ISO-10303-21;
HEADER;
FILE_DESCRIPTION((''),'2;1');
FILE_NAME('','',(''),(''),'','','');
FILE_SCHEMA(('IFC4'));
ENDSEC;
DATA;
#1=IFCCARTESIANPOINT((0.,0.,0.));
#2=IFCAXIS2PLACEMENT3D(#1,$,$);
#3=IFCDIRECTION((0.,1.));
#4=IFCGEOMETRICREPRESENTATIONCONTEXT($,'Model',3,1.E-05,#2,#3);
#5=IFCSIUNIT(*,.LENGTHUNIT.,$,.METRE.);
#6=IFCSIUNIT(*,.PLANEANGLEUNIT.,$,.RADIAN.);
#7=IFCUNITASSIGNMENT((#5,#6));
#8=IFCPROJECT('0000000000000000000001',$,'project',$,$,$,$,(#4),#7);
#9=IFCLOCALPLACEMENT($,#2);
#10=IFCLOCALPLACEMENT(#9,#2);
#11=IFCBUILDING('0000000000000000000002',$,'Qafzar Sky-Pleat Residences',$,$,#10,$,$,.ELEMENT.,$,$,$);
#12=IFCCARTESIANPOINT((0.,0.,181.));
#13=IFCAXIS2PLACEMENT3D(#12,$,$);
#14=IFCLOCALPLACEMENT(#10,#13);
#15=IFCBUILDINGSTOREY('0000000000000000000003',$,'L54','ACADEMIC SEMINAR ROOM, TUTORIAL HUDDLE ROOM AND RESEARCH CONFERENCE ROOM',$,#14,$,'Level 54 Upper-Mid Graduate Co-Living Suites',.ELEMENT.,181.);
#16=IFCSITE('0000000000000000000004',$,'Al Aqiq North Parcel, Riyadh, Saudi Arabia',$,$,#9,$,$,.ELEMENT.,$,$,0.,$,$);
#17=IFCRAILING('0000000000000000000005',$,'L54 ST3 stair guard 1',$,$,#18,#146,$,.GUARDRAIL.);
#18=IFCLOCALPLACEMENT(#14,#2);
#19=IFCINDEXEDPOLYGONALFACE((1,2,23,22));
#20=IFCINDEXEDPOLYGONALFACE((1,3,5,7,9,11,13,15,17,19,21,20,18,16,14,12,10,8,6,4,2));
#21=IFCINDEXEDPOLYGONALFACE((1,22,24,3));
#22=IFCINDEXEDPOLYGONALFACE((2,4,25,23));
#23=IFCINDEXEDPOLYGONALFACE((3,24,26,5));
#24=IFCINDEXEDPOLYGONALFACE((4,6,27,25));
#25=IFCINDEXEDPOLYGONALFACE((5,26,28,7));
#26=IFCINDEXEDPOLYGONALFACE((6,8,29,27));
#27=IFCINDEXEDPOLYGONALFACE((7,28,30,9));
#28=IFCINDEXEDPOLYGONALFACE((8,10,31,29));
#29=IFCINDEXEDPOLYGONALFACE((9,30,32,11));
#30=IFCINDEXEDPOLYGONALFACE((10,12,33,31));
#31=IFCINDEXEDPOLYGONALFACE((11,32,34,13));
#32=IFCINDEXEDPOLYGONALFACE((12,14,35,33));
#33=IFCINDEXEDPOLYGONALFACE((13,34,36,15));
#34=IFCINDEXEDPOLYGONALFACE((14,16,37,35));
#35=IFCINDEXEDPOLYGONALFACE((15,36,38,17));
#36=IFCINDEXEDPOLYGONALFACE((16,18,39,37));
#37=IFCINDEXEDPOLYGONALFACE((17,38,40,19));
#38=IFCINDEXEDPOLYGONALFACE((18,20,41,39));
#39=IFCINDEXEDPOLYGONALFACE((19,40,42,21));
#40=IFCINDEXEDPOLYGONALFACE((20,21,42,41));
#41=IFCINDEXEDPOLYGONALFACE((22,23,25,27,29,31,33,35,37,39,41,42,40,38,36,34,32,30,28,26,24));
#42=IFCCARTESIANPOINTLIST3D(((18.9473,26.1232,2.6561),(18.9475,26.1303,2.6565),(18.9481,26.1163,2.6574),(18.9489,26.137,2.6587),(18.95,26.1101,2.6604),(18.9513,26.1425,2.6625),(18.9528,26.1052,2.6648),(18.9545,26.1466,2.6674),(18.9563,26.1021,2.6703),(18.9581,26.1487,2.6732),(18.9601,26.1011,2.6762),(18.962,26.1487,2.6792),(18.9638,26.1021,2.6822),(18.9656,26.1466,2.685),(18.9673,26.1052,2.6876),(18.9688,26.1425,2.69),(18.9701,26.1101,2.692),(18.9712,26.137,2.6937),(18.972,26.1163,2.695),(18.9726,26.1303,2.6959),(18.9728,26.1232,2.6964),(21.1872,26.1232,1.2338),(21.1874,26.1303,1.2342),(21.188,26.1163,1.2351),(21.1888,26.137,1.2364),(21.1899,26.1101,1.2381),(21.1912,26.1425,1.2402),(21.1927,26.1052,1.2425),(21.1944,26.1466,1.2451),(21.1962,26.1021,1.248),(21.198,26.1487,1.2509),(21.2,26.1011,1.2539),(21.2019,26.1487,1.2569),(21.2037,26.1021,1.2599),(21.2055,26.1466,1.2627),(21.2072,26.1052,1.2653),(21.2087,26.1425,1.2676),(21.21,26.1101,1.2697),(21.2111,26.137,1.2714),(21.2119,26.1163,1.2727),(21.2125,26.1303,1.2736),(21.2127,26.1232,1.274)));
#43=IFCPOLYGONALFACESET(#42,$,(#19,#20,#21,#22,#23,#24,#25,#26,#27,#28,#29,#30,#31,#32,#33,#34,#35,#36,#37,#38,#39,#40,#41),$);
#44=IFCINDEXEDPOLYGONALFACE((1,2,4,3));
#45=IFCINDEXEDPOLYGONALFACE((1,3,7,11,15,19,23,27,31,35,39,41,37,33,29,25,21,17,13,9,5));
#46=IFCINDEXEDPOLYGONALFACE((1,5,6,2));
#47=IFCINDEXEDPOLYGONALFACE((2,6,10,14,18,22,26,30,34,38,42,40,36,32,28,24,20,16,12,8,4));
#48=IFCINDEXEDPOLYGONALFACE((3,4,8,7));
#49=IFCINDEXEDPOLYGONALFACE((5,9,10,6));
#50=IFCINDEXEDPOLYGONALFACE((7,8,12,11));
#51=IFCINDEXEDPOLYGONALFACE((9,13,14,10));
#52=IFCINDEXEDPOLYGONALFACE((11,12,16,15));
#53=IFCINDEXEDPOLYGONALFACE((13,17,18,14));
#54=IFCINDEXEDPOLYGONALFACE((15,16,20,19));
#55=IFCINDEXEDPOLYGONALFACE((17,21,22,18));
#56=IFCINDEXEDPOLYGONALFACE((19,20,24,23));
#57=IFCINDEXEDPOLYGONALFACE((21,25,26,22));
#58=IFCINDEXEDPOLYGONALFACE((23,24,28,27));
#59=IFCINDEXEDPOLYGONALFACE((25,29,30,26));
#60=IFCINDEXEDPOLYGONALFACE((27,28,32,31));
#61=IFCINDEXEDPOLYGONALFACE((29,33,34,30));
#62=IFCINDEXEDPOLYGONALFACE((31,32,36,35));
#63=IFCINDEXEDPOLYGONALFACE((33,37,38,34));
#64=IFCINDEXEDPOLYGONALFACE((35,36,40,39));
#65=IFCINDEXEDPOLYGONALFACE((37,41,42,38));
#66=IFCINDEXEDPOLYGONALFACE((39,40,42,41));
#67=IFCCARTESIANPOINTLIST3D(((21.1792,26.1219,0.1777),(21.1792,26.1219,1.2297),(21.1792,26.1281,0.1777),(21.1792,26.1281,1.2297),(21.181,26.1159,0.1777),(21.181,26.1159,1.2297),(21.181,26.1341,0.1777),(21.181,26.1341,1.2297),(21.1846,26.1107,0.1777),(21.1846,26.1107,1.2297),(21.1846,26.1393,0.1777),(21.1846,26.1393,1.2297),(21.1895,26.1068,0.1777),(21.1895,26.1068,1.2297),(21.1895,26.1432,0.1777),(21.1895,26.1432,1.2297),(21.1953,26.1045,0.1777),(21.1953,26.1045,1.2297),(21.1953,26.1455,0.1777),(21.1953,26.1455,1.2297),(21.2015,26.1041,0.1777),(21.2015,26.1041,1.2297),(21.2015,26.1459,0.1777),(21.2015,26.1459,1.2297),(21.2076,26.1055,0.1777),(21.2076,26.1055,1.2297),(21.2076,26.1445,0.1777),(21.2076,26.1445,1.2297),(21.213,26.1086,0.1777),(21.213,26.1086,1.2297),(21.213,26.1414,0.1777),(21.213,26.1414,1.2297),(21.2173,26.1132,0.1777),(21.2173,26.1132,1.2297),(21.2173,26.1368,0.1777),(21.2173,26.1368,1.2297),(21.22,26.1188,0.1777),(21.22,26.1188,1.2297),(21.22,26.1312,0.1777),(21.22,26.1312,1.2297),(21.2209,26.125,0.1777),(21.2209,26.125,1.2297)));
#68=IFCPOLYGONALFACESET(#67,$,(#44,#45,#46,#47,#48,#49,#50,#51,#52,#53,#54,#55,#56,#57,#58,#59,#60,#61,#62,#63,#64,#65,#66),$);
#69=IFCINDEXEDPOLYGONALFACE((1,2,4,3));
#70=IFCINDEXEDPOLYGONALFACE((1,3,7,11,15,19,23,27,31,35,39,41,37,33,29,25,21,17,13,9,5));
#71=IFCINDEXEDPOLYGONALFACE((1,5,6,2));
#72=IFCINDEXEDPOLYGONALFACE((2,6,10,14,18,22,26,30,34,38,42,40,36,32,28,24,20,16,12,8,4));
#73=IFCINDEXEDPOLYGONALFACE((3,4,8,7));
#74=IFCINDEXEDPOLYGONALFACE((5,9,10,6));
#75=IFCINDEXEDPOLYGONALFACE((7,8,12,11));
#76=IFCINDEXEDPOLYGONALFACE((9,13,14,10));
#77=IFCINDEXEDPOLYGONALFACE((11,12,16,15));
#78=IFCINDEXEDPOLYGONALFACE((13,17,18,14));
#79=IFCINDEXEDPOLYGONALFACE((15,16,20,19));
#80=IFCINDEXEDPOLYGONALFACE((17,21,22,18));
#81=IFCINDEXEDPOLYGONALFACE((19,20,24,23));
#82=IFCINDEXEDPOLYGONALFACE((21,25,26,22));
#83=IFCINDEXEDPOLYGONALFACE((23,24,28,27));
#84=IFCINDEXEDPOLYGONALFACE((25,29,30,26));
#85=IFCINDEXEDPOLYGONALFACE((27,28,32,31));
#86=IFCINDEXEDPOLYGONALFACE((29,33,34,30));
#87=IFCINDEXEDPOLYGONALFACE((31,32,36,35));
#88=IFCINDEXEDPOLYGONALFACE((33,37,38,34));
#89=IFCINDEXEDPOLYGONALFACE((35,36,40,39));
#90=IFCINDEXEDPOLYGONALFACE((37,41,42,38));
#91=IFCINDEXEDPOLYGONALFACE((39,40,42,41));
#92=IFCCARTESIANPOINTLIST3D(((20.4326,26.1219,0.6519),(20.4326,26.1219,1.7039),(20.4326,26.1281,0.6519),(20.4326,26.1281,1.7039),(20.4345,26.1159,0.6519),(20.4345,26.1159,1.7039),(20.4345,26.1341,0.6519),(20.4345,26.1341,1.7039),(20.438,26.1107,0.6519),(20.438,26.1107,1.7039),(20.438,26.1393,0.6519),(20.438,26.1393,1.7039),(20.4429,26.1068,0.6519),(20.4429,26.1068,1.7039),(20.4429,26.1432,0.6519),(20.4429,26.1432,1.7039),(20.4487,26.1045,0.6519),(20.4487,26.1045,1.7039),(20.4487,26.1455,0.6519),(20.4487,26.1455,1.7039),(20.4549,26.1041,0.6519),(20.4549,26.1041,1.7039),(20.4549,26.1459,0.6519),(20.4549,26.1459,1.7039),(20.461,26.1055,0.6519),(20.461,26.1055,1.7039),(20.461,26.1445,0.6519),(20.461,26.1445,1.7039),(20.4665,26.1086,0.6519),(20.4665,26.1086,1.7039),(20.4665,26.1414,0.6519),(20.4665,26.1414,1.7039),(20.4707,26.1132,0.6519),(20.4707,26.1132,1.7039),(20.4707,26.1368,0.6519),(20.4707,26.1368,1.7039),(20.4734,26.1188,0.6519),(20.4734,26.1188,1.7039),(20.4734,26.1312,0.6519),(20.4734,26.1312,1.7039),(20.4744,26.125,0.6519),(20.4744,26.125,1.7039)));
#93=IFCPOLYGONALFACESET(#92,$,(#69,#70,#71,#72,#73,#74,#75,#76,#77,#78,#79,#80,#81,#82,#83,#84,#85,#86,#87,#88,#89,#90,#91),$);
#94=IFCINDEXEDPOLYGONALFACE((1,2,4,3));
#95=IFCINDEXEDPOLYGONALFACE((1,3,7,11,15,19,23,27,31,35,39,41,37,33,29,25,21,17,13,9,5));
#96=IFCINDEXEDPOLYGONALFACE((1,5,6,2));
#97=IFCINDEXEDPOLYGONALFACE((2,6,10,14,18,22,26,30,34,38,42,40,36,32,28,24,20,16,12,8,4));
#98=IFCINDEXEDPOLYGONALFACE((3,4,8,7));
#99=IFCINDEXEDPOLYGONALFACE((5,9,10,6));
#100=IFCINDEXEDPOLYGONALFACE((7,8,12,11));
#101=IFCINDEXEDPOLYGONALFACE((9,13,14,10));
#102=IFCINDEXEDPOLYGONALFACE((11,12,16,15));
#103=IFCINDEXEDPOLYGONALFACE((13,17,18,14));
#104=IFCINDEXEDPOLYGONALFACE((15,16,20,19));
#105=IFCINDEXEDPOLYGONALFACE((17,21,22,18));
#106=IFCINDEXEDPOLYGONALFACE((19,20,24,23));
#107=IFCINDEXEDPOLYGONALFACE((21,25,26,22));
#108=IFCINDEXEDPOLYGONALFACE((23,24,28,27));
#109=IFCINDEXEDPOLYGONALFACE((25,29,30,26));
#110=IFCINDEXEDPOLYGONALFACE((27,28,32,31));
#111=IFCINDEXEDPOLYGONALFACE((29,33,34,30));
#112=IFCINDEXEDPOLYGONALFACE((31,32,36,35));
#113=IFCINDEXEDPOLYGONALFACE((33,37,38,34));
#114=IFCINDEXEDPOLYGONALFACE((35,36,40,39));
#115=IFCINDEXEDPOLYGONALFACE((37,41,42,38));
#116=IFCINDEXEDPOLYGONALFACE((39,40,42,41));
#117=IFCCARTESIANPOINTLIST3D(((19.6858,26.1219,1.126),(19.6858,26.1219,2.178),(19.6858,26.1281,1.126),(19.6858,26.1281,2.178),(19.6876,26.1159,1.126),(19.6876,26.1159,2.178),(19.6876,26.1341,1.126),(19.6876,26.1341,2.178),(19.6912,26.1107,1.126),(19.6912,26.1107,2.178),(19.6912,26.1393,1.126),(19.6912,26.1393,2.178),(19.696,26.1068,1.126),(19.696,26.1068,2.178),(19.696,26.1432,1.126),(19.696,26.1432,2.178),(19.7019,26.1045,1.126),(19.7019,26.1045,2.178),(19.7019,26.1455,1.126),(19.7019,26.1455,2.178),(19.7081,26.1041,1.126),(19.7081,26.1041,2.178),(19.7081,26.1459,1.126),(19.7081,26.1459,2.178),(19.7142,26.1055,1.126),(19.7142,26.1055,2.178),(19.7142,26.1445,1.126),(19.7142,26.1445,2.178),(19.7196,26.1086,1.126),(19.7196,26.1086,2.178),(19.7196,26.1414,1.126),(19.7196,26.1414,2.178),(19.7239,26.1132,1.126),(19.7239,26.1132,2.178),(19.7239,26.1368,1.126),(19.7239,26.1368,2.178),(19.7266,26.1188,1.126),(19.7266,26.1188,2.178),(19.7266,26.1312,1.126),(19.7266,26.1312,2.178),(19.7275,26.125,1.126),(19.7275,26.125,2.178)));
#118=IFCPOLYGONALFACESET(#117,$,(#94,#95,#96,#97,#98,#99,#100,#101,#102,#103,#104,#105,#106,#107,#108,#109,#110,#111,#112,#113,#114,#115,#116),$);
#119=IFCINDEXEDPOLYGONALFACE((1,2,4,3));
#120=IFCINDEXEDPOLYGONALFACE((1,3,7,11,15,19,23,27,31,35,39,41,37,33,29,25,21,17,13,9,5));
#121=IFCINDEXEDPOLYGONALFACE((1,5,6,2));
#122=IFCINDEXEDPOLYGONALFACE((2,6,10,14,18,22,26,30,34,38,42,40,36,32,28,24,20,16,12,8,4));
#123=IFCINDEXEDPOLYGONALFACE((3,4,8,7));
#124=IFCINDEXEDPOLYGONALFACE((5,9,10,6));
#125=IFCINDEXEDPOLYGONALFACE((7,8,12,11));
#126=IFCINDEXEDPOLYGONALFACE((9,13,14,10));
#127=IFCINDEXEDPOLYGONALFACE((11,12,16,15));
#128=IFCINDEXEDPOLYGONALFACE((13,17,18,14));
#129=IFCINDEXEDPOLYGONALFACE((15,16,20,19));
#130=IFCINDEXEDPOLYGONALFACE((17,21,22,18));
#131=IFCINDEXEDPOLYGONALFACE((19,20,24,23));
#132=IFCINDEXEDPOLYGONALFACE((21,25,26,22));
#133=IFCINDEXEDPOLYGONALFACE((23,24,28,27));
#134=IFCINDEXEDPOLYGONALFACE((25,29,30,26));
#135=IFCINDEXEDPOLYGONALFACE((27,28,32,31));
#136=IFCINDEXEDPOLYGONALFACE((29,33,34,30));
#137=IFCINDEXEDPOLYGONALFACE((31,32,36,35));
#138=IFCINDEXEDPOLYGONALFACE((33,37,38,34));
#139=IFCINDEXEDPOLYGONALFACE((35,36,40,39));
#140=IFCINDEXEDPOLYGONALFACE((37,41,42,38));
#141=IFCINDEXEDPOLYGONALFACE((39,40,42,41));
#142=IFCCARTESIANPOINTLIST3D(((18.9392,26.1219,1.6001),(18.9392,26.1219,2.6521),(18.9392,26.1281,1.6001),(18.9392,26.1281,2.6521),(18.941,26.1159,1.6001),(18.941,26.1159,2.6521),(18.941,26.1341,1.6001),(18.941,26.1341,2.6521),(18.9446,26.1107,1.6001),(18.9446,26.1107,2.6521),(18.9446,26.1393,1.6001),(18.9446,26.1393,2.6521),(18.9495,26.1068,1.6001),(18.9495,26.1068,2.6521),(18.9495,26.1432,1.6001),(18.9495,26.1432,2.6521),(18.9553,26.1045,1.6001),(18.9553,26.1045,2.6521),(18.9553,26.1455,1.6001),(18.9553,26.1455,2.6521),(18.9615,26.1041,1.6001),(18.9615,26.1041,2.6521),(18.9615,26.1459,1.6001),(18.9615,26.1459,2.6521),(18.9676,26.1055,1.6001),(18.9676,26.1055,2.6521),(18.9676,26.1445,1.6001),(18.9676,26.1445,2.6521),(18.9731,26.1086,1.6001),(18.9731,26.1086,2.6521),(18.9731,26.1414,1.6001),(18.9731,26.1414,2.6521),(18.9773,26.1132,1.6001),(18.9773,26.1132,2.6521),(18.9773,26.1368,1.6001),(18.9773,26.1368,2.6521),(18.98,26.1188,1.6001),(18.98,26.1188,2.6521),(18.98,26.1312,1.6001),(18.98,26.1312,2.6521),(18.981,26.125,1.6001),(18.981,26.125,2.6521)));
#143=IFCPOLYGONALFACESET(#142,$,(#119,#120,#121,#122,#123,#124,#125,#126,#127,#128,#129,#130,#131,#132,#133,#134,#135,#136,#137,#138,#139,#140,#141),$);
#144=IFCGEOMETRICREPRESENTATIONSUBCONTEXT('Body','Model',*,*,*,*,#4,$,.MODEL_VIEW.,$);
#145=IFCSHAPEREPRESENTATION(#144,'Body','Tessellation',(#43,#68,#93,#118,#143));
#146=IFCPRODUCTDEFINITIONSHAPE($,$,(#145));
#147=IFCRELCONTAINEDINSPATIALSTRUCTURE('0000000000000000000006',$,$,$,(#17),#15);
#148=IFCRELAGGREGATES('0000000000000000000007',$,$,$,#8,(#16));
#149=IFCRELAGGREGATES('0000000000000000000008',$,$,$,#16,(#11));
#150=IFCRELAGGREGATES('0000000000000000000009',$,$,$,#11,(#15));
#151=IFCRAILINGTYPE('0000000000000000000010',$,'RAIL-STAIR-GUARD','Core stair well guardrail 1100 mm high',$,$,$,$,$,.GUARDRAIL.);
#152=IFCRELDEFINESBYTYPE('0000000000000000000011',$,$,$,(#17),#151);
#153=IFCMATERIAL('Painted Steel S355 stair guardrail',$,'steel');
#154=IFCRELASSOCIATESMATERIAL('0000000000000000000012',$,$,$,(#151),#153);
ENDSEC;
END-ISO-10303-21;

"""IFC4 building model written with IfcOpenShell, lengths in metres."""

from ifc_helpers import new_model, si_unit, direction, frame, origin, origin_2d, place, context, subcontext, project, spatial, circle, extrude, source, transform, mapped, material, type_object, element, save


model = new_model("IFC4")

# Units and contexts
model_context = context("Model", 3, precision=1e-05, world=origin(), true_north=direction((0.0, 1.0)))
body_context = subcontext(model_context, "Body", "Model", "MODEL_VIEW")
ifc_project = project(units=[si_unit("LENGTHUNIT", "METRE"), si_unit("PLANEANGLEUNIT", "RADIAN")], contexts=[model_context])

# Site, building, storey
site_placement = place(None, origin())
site = spatial("IfcSite", under=ifc_project, at=site_placement, Name="Al Aqiq North Parcel, Riyadh, Saudi Arabia", CompositionType="ELEMENT", RefElevation=0.0)
building_placement = place(site_placement, origin())
building = spatial("IfcBuilding", under=site, at=building_placement, Name="Qafzar Sky-Pleat Residences", CompositionType="ELEMENT")
storey_placement = place(building_placement, frame((0.0, 0.0, 181.0)))
storey = spatial("IfcBuildingStorey", under=building, at=storey_placement, Name="L54", Description="ACADEMIC SEMINAR ROOM, TUTORIAL HUDDLE ROOM AND RESEARCH CONFERENCE ROOM", LongName="Level 54 Upper-Mid Graduate Co-Living Suites", CompositionType="ELEMENT", Elevation=181.0)

# Railing
ifc_material_1 = material(Name="Painted Steel S355 stair guardrail", Category="steel")
railing_type_1 = type_object("IfcRailingType", Name="RAIL-STAIR-GUARD", Description="Core stair well guardrail 1100 mm high", PredefinedType="GUARDRAIL", material=ifc_material_1)
shared_shape_1 = source(origin(), body_context, "Body", "SweptSolid", [
    extrude(circle(Radius=0.0239, at=origin_2d()), frame((0.0, 0.0, 1.0762), z_axis=(-0.844188, 0.0, 0.536048), x_axis=(0.0, -1.0, 0.0)), (0.0, 0.0, 1.0), 2.6533),
    extrude(circle(Radius=0.021, at=origin_2d()), origin(), (0.0, 0.0, 1.0), 1.052),
    extrude(circle(Radius=0.021, at=origin_2d()), frame((-0.7466, 0.0, 0.4741)), (0.0, 0.0, 1.0), 1.052),
    extrude(circle(Radius=0.021, at=origin_2d()), frame((-1.4934, 0.0, 0.9482)), (0.0, 0.0, 1.0), 1.052),
    extrude(circle(Radius=0.021, at=origin_2d()), frame((-2.24, 0.0, 1.4224)), (0.0, 0.0, 1.0), 1.052),
])
railing_1_placement = place(storey_placement, frame((21.2, 26.125, 0.1777)))
element("IfcRailing", 1, at=railing_1_placement, inside=storey, type_object=railing_type_1, Name="L54 ST3 stair guard 1", PredefinedType="GUARDRAIL", context=body_context, shape_type="MappedRepresentation", body=[
    mapped(shared_shape_1, transform((0.0, 0.0, 0.0), x_axis=(1.0, 0.0, 0.0), y_axis=(0.0, 1.0, 0.0), z_axis=(0.0, 0.0, 1.0), scale=1.0)),
])

save(model, "model.ifc")
